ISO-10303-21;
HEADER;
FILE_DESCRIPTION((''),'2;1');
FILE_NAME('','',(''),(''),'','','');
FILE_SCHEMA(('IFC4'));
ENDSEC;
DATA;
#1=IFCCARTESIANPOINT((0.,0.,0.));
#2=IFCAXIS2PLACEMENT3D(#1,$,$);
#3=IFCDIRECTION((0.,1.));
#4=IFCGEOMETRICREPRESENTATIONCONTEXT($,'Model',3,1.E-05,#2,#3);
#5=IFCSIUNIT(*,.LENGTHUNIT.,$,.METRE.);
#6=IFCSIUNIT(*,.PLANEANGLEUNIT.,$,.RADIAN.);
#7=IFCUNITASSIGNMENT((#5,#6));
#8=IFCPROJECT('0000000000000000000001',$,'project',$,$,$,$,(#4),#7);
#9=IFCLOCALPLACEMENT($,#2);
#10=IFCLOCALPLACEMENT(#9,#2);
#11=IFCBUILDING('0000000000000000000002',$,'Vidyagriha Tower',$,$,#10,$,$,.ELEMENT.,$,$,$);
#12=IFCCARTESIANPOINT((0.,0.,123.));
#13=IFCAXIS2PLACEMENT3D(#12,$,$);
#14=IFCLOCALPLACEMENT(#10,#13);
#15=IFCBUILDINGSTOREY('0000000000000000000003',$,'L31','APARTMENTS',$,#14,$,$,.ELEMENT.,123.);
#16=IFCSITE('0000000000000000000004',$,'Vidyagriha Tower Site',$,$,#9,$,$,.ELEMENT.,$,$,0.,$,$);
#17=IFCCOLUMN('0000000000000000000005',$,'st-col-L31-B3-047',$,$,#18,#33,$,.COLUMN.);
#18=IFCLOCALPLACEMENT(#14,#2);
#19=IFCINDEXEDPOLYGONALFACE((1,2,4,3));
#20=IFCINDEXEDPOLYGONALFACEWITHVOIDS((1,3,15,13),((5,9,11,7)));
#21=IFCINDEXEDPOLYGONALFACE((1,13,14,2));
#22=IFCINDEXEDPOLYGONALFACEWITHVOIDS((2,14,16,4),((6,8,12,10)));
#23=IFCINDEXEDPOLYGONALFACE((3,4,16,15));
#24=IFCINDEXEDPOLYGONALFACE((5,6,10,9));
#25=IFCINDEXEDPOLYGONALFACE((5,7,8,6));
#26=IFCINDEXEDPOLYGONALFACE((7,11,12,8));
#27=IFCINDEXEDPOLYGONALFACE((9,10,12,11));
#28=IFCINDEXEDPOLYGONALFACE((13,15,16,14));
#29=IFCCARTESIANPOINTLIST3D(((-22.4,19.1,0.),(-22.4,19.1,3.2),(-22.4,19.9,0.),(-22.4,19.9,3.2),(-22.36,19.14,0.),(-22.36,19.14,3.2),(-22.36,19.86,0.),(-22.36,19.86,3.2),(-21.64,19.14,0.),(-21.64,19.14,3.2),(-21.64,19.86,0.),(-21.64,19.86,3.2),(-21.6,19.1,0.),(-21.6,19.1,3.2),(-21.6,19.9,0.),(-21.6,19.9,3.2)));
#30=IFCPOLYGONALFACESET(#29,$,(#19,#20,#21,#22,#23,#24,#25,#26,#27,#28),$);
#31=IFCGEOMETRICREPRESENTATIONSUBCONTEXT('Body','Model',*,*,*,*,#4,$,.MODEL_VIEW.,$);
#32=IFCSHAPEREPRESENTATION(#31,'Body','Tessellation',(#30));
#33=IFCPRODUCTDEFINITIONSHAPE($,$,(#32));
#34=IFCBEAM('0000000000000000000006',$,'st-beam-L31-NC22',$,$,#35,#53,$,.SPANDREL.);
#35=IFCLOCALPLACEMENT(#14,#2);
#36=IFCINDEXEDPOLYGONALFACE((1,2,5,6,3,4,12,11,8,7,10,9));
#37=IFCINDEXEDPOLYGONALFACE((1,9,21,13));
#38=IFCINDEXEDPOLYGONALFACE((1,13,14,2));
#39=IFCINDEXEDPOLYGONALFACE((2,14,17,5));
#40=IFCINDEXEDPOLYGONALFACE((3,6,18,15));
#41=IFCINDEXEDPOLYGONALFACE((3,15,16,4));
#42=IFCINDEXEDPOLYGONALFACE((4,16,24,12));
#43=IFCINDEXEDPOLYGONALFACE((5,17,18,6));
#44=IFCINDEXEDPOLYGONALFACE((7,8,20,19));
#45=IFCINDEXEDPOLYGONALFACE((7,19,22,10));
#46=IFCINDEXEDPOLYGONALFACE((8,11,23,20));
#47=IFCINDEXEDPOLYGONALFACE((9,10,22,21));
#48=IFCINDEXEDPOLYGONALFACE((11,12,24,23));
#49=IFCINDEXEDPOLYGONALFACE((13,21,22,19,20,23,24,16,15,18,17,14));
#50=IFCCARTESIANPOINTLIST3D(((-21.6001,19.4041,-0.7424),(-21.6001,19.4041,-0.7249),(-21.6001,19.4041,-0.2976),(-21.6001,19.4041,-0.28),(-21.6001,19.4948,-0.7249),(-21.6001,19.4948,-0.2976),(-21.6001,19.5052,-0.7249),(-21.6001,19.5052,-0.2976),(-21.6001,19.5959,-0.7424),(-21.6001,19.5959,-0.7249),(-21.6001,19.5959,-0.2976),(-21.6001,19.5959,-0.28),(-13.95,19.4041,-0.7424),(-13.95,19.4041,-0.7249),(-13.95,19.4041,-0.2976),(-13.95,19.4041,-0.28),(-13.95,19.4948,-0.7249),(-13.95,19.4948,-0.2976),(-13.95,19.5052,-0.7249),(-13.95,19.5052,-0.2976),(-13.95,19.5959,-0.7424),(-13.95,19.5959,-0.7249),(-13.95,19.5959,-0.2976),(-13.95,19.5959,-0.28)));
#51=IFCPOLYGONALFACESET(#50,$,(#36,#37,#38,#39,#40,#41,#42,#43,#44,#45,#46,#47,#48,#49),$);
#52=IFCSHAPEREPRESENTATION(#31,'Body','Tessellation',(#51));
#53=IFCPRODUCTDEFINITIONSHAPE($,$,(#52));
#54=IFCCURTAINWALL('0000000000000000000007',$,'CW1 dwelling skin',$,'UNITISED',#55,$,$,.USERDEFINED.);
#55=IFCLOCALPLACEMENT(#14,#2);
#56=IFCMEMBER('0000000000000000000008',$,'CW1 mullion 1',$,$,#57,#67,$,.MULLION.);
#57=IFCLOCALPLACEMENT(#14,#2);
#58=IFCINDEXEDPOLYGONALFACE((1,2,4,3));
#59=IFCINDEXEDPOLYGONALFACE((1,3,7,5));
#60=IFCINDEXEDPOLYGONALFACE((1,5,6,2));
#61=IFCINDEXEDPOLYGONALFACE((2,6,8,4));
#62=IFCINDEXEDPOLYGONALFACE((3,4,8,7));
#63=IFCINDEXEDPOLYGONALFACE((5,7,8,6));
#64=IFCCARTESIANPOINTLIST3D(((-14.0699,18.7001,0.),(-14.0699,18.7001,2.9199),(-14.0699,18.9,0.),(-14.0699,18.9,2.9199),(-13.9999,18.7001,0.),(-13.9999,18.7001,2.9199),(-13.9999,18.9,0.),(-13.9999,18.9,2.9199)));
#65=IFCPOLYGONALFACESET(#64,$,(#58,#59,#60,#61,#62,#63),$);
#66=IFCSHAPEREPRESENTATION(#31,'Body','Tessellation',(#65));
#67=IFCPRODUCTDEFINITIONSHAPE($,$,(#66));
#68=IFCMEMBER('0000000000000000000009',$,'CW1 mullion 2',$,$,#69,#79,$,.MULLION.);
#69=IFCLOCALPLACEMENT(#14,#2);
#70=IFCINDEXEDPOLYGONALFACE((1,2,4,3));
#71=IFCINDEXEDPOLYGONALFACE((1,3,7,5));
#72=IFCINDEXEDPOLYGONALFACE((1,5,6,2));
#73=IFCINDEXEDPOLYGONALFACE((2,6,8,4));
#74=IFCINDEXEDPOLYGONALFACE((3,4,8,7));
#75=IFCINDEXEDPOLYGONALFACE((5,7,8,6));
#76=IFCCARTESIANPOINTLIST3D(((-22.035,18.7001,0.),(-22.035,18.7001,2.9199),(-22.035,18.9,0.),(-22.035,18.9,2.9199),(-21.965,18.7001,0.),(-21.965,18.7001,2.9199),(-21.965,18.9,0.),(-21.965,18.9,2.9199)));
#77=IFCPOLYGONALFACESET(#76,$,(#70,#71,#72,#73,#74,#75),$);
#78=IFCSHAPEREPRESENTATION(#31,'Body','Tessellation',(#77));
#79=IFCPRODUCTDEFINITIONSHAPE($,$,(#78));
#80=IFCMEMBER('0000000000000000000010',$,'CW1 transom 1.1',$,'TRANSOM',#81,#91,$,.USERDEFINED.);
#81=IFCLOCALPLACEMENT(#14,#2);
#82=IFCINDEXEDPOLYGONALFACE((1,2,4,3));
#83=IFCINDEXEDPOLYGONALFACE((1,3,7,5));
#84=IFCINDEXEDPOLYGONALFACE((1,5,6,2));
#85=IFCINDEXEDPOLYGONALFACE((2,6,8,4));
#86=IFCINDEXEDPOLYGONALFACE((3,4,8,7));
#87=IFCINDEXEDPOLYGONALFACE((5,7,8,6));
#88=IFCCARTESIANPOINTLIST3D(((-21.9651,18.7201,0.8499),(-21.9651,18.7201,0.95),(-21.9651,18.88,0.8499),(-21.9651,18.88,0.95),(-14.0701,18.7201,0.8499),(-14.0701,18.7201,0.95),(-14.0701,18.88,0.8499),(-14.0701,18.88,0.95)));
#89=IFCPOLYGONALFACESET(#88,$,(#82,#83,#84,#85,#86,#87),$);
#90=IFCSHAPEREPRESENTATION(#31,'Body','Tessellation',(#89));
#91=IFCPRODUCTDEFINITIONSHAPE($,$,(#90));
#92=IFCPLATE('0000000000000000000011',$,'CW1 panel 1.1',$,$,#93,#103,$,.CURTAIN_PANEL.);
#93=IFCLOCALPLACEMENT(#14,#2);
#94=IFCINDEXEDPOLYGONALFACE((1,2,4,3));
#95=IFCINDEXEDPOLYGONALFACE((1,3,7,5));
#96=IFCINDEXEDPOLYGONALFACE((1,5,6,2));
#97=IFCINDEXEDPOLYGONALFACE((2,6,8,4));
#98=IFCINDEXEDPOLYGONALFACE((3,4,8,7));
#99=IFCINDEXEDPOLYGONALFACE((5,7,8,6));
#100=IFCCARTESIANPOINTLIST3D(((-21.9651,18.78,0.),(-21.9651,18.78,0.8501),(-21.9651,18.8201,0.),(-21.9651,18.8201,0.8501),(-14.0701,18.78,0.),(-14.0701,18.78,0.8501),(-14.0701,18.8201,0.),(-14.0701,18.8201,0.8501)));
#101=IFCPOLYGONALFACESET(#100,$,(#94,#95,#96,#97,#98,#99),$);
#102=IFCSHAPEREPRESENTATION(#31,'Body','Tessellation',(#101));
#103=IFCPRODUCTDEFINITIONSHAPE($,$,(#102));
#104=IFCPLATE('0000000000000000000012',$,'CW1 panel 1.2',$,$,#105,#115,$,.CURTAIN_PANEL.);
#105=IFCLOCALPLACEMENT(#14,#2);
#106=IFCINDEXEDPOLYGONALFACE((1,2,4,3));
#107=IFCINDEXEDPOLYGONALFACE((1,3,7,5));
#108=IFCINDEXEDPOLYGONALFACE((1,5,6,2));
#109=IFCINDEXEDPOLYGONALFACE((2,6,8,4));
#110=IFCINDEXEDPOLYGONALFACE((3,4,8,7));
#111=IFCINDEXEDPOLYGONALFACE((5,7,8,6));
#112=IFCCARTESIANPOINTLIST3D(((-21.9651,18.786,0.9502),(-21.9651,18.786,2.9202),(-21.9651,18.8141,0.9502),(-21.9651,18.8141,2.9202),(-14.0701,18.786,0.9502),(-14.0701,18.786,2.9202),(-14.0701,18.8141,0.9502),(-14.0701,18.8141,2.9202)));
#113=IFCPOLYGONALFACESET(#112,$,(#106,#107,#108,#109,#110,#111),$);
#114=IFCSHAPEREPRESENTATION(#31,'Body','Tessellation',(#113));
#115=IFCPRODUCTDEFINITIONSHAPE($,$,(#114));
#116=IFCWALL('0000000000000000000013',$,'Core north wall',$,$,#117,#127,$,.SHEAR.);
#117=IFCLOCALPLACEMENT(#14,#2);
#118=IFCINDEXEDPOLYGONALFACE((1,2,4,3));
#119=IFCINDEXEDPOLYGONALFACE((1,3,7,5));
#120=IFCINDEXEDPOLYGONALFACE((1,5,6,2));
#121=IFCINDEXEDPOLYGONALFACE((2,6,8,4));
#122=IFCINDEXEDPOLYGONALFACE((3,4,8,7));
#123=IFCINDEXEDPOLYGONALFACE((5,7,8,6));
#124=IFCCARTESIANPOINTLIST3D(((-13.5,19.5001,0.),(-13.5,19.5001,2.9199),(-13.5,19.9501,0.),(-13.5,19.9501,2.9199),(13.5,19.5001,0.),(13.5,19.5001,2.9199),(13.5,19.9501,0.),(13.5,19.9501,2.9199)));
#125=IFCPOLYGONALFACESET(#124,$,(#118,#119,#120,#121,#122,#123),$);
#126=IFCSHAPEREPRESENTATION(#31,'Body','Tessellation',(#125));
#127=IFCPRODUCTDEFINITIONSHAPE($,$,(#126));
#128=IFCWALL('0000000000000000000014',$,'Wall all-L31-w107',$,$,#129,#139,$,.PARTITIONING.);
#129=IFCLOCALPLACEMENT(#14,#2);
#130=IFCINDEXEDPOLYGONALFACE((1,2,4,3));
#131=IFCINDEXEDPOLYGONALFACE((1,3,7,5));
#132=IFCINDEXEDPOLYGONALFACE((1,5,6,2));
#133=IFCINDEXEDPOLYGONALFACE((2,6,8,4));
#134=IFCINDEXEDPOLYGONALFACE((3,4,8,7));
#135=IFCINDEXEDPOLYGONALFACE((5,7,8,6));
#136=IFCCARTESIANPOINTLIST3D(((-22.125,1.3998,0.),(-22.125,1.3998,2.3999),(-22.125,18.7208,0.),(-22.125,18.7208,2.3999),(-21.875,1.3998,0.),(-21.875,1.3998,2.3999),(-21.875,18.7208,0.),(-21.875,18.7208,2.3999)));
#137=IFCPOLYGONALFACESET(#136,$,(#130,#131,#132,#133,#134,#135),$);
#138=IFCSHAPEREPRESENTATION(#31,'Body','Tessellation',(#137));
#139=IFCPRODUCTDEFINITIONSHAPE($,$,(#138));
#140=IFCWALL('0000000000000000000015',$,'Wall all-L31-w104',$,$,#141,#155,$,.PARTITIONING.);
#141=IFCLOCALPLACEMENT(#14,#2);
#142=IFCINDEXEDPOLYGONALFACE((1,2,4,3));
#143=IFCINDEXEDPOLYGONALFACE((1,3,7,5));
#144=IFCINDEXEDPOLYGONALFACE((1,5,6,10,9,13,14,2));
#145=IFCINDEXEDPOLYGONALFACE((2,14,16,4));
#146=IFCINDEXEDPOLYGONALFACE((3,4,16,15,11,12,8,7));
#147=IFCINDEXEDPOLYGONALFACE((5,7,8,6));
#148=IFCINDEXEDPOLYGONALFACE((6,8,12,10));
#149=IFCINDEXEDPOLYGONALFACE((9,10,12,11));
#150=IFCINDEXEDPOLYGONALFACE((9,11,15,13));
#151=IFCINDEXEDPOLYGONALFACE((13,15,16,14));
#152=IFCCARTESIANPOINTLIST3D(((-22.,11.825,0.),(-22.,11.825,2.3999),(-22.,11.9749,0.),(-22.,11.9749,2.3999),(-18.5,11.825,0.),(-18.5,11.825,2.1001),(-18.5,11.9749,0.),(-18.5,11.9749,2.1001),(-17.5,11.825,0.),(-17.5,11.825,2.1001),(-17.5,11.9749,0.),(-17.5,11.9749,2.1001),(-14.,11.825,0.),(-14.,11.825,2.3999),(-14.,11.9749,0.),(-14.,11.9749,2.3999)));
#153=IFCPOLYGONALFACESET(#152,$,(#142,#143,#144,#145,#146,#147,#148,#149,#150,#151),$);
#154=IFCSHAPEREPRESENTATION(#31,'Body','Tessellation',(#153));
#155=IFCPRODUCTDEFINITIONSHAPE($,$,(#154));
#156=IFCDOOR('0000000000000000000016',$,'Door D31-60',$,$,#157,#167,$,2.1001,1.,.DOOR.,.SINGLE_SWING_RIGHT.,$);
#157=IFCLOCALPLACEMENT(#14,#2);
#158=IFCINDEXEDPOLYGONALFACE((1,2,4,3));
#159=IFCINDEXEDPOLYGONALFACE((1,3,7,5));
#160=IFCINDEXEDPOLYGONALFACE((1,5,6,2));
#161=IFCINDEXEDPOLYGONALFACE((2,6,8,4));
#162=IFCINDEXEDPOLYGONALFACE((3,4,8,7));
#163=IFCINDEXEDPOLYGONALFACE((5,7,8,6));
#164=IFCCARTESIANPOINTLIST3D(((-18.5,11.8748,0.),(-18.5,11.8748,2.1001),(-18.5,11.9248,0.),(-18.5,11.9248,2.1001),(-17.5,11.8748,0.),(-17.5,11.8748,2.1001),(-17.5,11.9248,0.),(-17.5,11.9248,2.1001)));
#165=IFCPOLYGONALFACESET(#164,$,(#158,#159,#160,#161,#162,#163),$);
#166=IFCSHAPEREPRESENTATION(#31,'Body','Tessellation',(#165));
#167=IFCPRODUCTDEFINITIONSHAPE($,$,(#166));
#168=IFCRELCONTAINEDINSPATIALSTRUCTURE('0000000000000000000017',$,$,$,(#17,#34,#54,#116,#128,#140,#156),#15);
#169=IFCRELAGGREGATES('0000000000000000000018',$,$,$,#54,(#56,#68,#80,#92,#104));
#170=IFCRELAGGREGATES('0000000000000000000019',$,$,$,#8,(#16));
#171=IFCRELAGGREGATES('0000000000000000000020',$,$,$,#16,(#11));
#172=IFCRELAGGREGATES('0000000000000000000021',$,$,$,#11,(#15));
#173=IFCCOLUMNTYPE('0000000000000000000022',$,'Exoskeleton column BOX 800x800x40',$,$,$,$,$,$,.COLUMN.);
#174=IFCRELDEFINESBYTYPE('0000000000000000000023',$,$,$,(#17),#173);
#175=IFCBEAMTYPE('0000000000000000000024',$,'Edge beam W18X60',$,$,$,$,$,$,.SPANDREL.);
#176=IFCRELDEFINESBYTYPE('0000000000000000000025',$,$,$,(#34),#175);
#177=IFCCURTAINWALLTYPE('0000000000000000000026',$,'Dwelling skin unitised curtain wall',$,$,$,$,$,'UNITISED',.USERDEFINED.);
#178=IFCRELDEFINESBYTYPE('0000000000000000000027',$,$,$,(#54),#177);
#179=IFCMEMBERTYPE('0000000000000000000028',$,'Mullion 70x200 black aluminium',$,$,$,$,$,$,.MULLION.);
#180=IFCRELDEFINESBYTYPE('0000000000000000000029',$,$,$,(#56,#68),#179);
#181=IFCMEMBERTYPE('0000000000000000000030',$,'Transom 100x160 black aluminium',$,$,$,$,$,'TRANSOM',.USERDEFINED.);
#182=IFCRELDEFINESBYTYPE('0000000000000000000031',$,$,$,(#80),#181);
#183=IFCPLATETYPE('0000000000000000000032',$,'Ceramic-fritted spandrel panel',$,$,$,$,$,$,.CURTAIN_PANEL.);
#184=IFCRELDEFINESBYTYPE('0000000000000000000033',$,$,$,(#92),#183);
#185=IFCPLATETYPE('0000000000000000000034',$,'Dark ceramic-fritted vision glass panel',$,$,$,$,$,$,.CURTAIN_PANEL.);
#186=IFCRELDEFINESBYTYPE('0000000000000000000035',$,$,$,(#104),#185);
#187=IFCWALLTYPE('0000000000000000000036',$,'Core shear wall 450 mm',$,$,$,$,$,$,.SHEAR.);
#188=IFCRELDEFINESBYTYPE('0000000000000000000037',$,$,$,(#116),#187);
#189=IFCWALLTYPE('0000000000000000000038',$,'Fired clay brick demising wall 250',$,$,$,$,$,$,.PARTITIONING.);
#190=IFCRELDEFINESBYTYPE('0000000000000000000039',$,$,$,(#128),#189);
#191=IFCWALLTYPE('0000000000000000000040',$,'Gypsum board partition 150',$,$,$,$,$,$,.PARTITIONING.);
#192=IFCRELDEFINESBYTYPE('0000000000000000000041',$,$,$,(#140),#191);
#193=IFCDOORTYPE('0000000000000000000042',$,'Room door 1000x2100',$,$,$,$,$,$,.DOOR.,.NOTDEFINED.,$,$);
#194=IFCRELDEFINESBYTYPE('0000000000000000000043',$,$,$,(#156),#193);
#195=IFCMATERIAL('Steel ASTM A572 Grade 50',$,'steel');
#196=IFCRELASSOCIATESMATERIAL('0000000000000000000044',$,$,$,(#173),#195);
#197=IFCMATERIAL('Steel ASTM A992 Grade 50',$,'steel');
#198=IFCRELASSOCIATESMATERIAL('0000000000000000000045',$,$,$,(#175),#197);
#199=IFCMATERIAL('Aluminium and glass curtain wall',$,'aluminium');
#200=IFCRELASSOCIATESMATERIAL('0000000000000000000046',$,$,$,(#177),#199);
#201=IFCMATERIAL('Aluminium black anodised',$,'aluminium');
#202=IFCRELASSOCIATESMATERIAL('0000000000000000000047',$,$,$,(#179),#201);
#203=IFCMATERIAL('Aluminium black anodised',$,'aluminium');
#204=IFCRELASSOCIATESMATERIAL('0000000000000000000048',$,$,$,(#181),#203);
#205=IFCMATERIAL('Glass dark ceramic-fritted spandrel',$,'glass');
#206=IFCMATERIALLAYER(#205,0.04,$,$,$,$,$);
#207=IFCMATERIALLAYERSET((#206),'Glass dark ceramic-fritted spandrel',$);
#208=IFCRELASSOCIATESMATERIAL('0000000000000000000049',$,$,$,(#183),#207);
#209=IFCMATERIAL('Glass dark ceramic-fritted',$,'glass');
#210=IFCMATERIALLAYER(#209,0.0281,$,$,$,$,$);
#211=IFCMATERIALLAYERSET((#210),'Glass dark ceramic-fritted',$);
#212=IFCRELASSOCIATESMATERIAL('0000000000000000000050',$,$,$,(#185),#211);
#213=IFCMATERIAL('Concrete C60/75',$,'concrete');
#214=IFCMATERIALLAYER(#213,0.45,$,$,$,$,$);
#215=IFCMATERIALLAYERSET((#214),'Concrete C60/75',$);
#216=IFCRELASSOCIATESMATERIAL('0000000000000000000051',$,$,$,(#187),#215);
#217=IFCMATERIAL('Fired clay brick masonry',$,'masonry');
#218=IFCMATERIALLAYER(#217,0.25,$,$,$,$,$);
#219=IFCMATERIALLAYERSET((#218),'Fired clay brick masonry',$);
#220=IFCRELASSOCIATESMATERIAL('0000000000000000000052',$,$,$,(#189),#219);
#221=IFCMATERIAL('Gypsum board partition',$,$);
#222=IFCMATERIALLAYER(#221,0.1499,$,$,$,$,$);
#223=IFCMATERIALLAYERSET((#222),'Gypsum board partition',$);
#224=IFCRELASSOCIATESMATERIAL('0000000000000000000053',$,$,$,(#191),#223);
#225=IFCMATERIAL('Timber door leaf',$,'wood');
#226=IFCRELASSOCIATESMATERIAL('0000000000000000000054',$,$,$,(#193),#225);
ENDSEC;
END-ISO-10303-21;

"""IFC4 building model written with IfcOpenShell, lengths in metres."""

from ifc_helpers import new_model, si_unit, direction, frame, frame_2d, origin, origin_2d, place, context, subcontext, project, spatial, rectangle, hollow_rectangle, i_section, extrude, material, layer, layer_set, material_profile, profile_set, type_object, element, fill, aggregate, save


model = new_model("IFC4")

# Units and contexts
model_context = context("Model", 3, precision=1e-05, world=origin(), true_north=direction((0.0, 1.0)))
body_context = subcontext(model_context, "Body", "Model", "MODEL_VIEW")
ifc_project = project(units=[si_unit("LENGTHUNIT", "METRE"), si_unit("PLANEANGLEUNIT", "RADIAN")], contexts=[model_context])

# Site, building, storey
site_placement = place(None, origin())
site = spatial("IfcSite", under=ifc_project, at=site_placement, Name="Vidyagriha Tower Site", CompositionType="ELEMENT", RefElevation=0.0)
building_placement = place(site_placement, origin())
building = spatial("IfcBuilding", under=site, at=building_placement, Name="Vidyagriha Tower", CompositionType="ELEMENT")
storey_placement = place(building_placement, frame((0.0, 0.0, 123.0)))
storey = spatial("IfcBuildingStorey", under=building, at=storey_placement, Name="L31", Description="APARTMENTS", CompositionType="ELEMENT", Elevation=123.0)

# Column
ifc_material_1 = material(Name="Steel ASTM A572 Grade 50", Category="steel")
ifc_material_profile_1 = material_profile(ifc_material_1, hollow_rectangle(XDim=0.8, YDim=0.8, WallThickness=0.04, at=origin_2d()), Name="BOX 800x800x40")
ifc_profile_set_1 = profile_set([ifc_material_profile_1], Name="Steel ASTM A572 Grade 50")
column_type = type_object("IfcColumnType", Name="Exoskeleton column BOX 800x800x40", PredefinedType="COLUMN", material=ifc_profile_set_1)
column_placement = place(storey_placement, frame((-22.0, 19.5, 0.0)))
element("IfcColumn", 1, at=column_placement, inside=storey, type_object=column_type, Name="st-col-L31-B3-047", PredefinedType="COLUMN", context=body_context, shape_type="SweptSolid", body=[
    extrude(hollow_rectangle(XDim=0.8, YDim=0.8, WallThickness=0.04, at=origin_2d()), origin(), (0.0, 0.0, 1.0), 3.2),
])

# Beam
ifc_material_2 = material(Name="Steel ASTM A992 Grade 50", Category="steel")
ifc_material_profile_2 = material_profile(ifc_material_2, i_section(OverallWidth=0.1919, OverallDepth=0.4624, WebThickness=0.0105, FlangeThickness=0.0176, at=origin_2d()), Name="W18X60")
ifc_profile_set_2 = profile_set([ifc_material_profile_2], Name="Steel ASTM A992 Grade 50")
beam_type = type_object("IfcBeamType", Name="Edge beam W18X60", PredefinedType="SPANDREL", material=ifc_profile_set_2)
beam_placement = place(storey_placement, frame((-21.6001, 19.5, -0.5112), z_axis=(1.0, 0.0, 0.0), x_axis=(0.0, 1.0, 0.0)))
element("IfcBeam", 2, at=beam_placement, inside=storey, type_object=beam_type, Name="st-beam-L31-NC22", PredefinedType="SPANDREL", context=body_context, shape_type="SweptSolid", body=[
    extrude(i_section(OverallWidth=0.1919, OverallDepth=0.4624, WebThickness=0.0105, FlangeThickness=0.0176, at=origin_2d()), origin(), (0.0, 0.0, 1.0), 7.6501),
])

# Curtain wall, members, plates
ifc_material_3 = material(Name="Aluminium and glass curtain wall", Category="aluminium")
curtain_wall_type = type_object("IfcCurtainWallType", Name="Dwelling skin unitised curtain wall", ElementType="UNITISED", PredefinedType="USERDEFINED", material=ifc_material_3)
curtain_wall_placement = place(storey_placement, origin())
curtain_wall = element("IfcCurtainWall", 3, at=curtain_wall_placement, inside=storey, type_object=curtain_wall_type, Name="CW1 dwelling skin", ObjectType="UNITISED", PredefinedType="USERDEFINED")
ifc_material_4 = material(Name="Aluminium black anodised", Category="aluminium")
ifc_material_profile_3 = material_profile(ifc_material_4, rectangle(XDim=0.2, YDim=0.0701, at=origin_2d()), Name="Mullion 70x200 black aluminium")
ifc_profile_set_3 = profile_set([ifc_material_profile_3], Name="Aluminium black anodised")
member_type_1 = type_object("IfcMemberType", Name="Mullion 70x200 black aluminium", PredefinedType="MULLION", material=ifc_profile_set_3)
member_1_placement = place(storey_placement, frame((-14.0349, 18.8, 0.0), z_axis=(0.0, 0.0, 1.0), x_axis=(0.0, -1.0, 0.0)))
member_1 = element("IfcMember", 4, at=member_1_placement, type_object=member_type_1, Name="CW1 mullion 1", PredefinedType="MULLION", context=body_context, shape_type="SweptSolid", body=[
    extrude(rectangle(XDim=0.2, YDim=0.0701, at=origin_2d()), origin(), (0.0, 0.0, 1.0), 2.9199),
])
member_2_placement = place(storey_placement, frame((-22.0, 18.8, 0.0), z_axis=(0.0, 0.0, 1.0), x_axis=(0.0, -1.0, 0.0)))
member_2 = element("IfcMember", 5, at=member_2_placement, type_object=member_type_1, Name="CW1 mullion 2", PredefinedType="MULLION", context=body_context, shape_type="SweptSolid", body=[
    extrude(rectangle(XDim=0.2, YDim=0.0701, at=origin_2d()), origin(), (0.0, 0.0, 1.0), 2.9199),
])
ifc_material_5 = material(Name="Aluminium black anodised", Category="aluminium")
ifc_material_profile_4 = material_profile(ifc_material_5, rectangle(XDim=0.1599, YDim=0.1001, at=origin_2d()), Name="Transom 100x160 black aluminium")
ifc_profile_set_4 = profile_set([ifc_material_profile_4], Name="Aluminium black anodised")
member_type_2 = type_object("IfcMemberType", Name="Transom 100x160 black aluminium", ElementType="TRANSOM", PredefinedType="USERDEFINED", material=ifc_profile_set_4)
member_3_placement = place(storey_placement, frame((-14.0701, 18.8, 0.8999), z_axis=(-1.0, 0.0, 0.0), x_axis=(0.0, -1.0, 0.0)))
member_3 = element("IfcMember", 6, at=member_3_placement, type_object=member_type_2, Name="CW1 transom 1.1", ObjectType="TRANSOM", PredefinedType="USERDEFINED", context=body_context, shape_type="SweptSolid", body=[
    extrude(rectangle(XDim=0.1599, YDim=0.1001, at=origin_2d()), origin(), (0.0, 0.0, 1.0), 7.895),
])
ifc_material_6 = material(Name="Glass dark ceramic-fritted spandrel", Category="glass")
ifc_layer_1 = layer(ifc_material_6, 0.04)
ifc_layer_set_1 = layer_set([ifc_layer_1], Name="Glass dark ceramic-fritted spandrel")
plate_type_1 = type_object("IfcPlateType", Name="Ceramic-fritted spandrel panel", PredefinedType="CURTAIN_PANEL", material=ifc_layer_set_1)
plate_1_placement = place(storey_placement, frame((-18.0176, 18.8, 0.0), z_axis=(0.0, 0.0, 1.0), x_axis=(-1.0, 0.0, 0.0)))
plate_1 = element("IfcPlate", 7, at=plate_1_placement, type_object=plate_type_1, Name="CW1 panel 1.1", PredefinedType="CURTAIN_PANEL", context=body_context, shape_type="SweptSolid", body=[
    extrude(rectangle(XDim=7.895, YDim=0.04, at=origin_2d()), origin(), (0.0, 0.0, 1.0), 0.8501),
])
ifc_material_7 = material(Name="Glass dark ceramic-fritted", Category="glass")
ifc_layer_2 = layer(ifc_material_7, 0.0281)
ifc_layer_set_2 = layer_set([ifc_layer_2], Name="Glass dark ceramic-fritted")
plate_type_2 = type_object("IfcPlateType", Name="Dark ceramic-fritted vision glass panel", PredefinedType="CURTAIN_PANEL", material=ifc_layer_set_2)
plate_2_placement = place(storey_placement, frame((-18.0176, 18.8, 0.9502), z_axis=(0.0, 0.0, 1.0), x_axis=(-1.0, 0.0, 0.0)))
plate_2 = element("IfcPlate", 8, at=plate_2_placement, type_object=plate_type_2, Name="CW1 panel 1.2", PredefinedType="CURTAIN_PANEL", context=body_context, shape_type="SweptSolid", body=[
    extrude(rectangle(XDim=7.895, YDim=0.0281, at=origin_2d()), origin(), (0.0, 0.0, 1.0), 1.97),
])
aggregate(curtain_wall, [member_1, member_2, member_3, plate_1, plate_2])

# Walls
ifc_material_8 = material(Name="Concrete C60/75", Category="concrete")
ifc_layer_3 = layer(ifc_material_8, 0.45)
ifc_layer_set_3 = layer_set([ifc_layer_3], Name="Concrete C60/75")
wall_type_1 = type_object("IfcWallType", Name="Core shear wall 450 mm", PredefinedType="SHEAR", material=ifc_layer_set_3)
wall_1_placement = place(storey_placement, frame((-13.5, 19.7251, 0.0)))
element("IfcWall", 9, at=wall_1_placement, inside=storey, type_object=wall_type_1, Name="Core north wall", PredefinedType="SHEAR", context=body_context, shape_type="SweptSolid", body=[
    extrude(rectangle(XDim=27.0, YDim=0.45, at=frame_2d((13.5, 0.0))), origin(), (0.0, 0.0, 1.0), 2.9199),
])
ifc_material_9 = material(Name="Fired clay brick masonry", Category="masonry")
ifc_layer_4 = layer(ifc_material_9, 0.25)
ifc_layer_set_4 = layer_set([ifc_layer_4], Name="Fired clay brick masonry")
wall_type_2 = type_object("IfcWallType", Name="Fired clay brick demising wall 250", PredefinedType="PARTITIONING", material=ifc_layer_set_4)
wall_2_placement = place(storey_placement, frame((-22.0, 18.7209, 0.0), z_axis=(0.0, 0.0, 1.0), x_axis=(0.0, -1.0, 0.0)))
element("IfcWall", 10, at=wall_2_placement, inside=storey, type_object=wall_type_2, Name="Wall all-L31-w107", PredefinedType="PARTITIONING", context=body_context, shape_type="SweptSolid", body=[
    extrude(rectangle(XDim=17.321, YDim=0.25, at=frame_2d((8.6606, 0.0))), origin(), (0.0, 0.0, 1.0), 2.3999),
])

# Wall, opening, door
ifc_material_10 = material(Name="Gypsum board partition")
ifc_layer_5 = layer(ifc_material_10, 0.1499)
ifc_layer_set_5 = layer_set([ifc_layer_5], Name="Gypsum board partition")
wall_type_3 = type_object("IfcWallType", Name="Gypsum board partition 150", PredefinedType="PARTITIONING", material=ifc_layer_set_5)
wall_3_placement = place(storey_placement, frame((-22.0, 11.8999, 0.0)))
wall_3 = element("IfcWall", 11, at=wall_3_placement, inside=storey, type_object=wall_type_3, Name="Wall all-L31-w104", PredefinedType="PARTITIONING", context=body_context, shape_type="SweptSolid", body=[
    extrude(rectangle(XDim=8.0, YDim=0.1499, at=frame_2d((4.0, 0.0))), origin(), (0.0, 0.0, 1.0), 2.3999),
])
opening_placement = place(wall_3_placement, frame((3.5, 0.0, 0.0)))
opening = element("IfcOpeningElement", 12, at=opening_placement, cuts=wall_3, PredefinedType="OPENING", context=body_context, shape_type="SweptSolid", body=[
    extrude(rectangle(XDim=1.0, YDim=2.1001, at=frame_2d((0.5, 1.05))), frame((0.0, 0.085, 0.0), z_axis=(0.0, -1.0, 0.0), x_axis=(1.0, 0.0, 0.0)), (0.0, 0.0, 1.0), 0.1699),
])
ifc_material_11 = material(Name="Timber door leaf", Category="wood")
door_type = type_object("IfcDoorType", Name="Room door 1000x2100", OperationType="NOTDEFINED", PredefinedType="DOOR", material=ifc_material_11)
door_placement = place(opening_placement, origin())
door = element("IfcDoor", 13, at=door_placement, inside=storey, type_object=door_type, Name="Door D31-60", OperationType="SINGLE_SWING_RIGHT", OverallHeight=2.1001, OverallWidth=1.0, PredefinedType="DOOR", context=body_context, shape_type="SweptSolid", body=[
    extrude(rectangle(XDim=1.0, YDim=2.1001, at=frame_2d((0.5, 1.05))), frame((0.0, 0.0249, 0.0), z_axis=(0.0, -1.0, 0.0), x_axis=(1.0, 0.0, 0.0)), (0.0, 0.0, 1.0), 0.05),
])
fill(opening, door)

save(model, "model.ifc")
